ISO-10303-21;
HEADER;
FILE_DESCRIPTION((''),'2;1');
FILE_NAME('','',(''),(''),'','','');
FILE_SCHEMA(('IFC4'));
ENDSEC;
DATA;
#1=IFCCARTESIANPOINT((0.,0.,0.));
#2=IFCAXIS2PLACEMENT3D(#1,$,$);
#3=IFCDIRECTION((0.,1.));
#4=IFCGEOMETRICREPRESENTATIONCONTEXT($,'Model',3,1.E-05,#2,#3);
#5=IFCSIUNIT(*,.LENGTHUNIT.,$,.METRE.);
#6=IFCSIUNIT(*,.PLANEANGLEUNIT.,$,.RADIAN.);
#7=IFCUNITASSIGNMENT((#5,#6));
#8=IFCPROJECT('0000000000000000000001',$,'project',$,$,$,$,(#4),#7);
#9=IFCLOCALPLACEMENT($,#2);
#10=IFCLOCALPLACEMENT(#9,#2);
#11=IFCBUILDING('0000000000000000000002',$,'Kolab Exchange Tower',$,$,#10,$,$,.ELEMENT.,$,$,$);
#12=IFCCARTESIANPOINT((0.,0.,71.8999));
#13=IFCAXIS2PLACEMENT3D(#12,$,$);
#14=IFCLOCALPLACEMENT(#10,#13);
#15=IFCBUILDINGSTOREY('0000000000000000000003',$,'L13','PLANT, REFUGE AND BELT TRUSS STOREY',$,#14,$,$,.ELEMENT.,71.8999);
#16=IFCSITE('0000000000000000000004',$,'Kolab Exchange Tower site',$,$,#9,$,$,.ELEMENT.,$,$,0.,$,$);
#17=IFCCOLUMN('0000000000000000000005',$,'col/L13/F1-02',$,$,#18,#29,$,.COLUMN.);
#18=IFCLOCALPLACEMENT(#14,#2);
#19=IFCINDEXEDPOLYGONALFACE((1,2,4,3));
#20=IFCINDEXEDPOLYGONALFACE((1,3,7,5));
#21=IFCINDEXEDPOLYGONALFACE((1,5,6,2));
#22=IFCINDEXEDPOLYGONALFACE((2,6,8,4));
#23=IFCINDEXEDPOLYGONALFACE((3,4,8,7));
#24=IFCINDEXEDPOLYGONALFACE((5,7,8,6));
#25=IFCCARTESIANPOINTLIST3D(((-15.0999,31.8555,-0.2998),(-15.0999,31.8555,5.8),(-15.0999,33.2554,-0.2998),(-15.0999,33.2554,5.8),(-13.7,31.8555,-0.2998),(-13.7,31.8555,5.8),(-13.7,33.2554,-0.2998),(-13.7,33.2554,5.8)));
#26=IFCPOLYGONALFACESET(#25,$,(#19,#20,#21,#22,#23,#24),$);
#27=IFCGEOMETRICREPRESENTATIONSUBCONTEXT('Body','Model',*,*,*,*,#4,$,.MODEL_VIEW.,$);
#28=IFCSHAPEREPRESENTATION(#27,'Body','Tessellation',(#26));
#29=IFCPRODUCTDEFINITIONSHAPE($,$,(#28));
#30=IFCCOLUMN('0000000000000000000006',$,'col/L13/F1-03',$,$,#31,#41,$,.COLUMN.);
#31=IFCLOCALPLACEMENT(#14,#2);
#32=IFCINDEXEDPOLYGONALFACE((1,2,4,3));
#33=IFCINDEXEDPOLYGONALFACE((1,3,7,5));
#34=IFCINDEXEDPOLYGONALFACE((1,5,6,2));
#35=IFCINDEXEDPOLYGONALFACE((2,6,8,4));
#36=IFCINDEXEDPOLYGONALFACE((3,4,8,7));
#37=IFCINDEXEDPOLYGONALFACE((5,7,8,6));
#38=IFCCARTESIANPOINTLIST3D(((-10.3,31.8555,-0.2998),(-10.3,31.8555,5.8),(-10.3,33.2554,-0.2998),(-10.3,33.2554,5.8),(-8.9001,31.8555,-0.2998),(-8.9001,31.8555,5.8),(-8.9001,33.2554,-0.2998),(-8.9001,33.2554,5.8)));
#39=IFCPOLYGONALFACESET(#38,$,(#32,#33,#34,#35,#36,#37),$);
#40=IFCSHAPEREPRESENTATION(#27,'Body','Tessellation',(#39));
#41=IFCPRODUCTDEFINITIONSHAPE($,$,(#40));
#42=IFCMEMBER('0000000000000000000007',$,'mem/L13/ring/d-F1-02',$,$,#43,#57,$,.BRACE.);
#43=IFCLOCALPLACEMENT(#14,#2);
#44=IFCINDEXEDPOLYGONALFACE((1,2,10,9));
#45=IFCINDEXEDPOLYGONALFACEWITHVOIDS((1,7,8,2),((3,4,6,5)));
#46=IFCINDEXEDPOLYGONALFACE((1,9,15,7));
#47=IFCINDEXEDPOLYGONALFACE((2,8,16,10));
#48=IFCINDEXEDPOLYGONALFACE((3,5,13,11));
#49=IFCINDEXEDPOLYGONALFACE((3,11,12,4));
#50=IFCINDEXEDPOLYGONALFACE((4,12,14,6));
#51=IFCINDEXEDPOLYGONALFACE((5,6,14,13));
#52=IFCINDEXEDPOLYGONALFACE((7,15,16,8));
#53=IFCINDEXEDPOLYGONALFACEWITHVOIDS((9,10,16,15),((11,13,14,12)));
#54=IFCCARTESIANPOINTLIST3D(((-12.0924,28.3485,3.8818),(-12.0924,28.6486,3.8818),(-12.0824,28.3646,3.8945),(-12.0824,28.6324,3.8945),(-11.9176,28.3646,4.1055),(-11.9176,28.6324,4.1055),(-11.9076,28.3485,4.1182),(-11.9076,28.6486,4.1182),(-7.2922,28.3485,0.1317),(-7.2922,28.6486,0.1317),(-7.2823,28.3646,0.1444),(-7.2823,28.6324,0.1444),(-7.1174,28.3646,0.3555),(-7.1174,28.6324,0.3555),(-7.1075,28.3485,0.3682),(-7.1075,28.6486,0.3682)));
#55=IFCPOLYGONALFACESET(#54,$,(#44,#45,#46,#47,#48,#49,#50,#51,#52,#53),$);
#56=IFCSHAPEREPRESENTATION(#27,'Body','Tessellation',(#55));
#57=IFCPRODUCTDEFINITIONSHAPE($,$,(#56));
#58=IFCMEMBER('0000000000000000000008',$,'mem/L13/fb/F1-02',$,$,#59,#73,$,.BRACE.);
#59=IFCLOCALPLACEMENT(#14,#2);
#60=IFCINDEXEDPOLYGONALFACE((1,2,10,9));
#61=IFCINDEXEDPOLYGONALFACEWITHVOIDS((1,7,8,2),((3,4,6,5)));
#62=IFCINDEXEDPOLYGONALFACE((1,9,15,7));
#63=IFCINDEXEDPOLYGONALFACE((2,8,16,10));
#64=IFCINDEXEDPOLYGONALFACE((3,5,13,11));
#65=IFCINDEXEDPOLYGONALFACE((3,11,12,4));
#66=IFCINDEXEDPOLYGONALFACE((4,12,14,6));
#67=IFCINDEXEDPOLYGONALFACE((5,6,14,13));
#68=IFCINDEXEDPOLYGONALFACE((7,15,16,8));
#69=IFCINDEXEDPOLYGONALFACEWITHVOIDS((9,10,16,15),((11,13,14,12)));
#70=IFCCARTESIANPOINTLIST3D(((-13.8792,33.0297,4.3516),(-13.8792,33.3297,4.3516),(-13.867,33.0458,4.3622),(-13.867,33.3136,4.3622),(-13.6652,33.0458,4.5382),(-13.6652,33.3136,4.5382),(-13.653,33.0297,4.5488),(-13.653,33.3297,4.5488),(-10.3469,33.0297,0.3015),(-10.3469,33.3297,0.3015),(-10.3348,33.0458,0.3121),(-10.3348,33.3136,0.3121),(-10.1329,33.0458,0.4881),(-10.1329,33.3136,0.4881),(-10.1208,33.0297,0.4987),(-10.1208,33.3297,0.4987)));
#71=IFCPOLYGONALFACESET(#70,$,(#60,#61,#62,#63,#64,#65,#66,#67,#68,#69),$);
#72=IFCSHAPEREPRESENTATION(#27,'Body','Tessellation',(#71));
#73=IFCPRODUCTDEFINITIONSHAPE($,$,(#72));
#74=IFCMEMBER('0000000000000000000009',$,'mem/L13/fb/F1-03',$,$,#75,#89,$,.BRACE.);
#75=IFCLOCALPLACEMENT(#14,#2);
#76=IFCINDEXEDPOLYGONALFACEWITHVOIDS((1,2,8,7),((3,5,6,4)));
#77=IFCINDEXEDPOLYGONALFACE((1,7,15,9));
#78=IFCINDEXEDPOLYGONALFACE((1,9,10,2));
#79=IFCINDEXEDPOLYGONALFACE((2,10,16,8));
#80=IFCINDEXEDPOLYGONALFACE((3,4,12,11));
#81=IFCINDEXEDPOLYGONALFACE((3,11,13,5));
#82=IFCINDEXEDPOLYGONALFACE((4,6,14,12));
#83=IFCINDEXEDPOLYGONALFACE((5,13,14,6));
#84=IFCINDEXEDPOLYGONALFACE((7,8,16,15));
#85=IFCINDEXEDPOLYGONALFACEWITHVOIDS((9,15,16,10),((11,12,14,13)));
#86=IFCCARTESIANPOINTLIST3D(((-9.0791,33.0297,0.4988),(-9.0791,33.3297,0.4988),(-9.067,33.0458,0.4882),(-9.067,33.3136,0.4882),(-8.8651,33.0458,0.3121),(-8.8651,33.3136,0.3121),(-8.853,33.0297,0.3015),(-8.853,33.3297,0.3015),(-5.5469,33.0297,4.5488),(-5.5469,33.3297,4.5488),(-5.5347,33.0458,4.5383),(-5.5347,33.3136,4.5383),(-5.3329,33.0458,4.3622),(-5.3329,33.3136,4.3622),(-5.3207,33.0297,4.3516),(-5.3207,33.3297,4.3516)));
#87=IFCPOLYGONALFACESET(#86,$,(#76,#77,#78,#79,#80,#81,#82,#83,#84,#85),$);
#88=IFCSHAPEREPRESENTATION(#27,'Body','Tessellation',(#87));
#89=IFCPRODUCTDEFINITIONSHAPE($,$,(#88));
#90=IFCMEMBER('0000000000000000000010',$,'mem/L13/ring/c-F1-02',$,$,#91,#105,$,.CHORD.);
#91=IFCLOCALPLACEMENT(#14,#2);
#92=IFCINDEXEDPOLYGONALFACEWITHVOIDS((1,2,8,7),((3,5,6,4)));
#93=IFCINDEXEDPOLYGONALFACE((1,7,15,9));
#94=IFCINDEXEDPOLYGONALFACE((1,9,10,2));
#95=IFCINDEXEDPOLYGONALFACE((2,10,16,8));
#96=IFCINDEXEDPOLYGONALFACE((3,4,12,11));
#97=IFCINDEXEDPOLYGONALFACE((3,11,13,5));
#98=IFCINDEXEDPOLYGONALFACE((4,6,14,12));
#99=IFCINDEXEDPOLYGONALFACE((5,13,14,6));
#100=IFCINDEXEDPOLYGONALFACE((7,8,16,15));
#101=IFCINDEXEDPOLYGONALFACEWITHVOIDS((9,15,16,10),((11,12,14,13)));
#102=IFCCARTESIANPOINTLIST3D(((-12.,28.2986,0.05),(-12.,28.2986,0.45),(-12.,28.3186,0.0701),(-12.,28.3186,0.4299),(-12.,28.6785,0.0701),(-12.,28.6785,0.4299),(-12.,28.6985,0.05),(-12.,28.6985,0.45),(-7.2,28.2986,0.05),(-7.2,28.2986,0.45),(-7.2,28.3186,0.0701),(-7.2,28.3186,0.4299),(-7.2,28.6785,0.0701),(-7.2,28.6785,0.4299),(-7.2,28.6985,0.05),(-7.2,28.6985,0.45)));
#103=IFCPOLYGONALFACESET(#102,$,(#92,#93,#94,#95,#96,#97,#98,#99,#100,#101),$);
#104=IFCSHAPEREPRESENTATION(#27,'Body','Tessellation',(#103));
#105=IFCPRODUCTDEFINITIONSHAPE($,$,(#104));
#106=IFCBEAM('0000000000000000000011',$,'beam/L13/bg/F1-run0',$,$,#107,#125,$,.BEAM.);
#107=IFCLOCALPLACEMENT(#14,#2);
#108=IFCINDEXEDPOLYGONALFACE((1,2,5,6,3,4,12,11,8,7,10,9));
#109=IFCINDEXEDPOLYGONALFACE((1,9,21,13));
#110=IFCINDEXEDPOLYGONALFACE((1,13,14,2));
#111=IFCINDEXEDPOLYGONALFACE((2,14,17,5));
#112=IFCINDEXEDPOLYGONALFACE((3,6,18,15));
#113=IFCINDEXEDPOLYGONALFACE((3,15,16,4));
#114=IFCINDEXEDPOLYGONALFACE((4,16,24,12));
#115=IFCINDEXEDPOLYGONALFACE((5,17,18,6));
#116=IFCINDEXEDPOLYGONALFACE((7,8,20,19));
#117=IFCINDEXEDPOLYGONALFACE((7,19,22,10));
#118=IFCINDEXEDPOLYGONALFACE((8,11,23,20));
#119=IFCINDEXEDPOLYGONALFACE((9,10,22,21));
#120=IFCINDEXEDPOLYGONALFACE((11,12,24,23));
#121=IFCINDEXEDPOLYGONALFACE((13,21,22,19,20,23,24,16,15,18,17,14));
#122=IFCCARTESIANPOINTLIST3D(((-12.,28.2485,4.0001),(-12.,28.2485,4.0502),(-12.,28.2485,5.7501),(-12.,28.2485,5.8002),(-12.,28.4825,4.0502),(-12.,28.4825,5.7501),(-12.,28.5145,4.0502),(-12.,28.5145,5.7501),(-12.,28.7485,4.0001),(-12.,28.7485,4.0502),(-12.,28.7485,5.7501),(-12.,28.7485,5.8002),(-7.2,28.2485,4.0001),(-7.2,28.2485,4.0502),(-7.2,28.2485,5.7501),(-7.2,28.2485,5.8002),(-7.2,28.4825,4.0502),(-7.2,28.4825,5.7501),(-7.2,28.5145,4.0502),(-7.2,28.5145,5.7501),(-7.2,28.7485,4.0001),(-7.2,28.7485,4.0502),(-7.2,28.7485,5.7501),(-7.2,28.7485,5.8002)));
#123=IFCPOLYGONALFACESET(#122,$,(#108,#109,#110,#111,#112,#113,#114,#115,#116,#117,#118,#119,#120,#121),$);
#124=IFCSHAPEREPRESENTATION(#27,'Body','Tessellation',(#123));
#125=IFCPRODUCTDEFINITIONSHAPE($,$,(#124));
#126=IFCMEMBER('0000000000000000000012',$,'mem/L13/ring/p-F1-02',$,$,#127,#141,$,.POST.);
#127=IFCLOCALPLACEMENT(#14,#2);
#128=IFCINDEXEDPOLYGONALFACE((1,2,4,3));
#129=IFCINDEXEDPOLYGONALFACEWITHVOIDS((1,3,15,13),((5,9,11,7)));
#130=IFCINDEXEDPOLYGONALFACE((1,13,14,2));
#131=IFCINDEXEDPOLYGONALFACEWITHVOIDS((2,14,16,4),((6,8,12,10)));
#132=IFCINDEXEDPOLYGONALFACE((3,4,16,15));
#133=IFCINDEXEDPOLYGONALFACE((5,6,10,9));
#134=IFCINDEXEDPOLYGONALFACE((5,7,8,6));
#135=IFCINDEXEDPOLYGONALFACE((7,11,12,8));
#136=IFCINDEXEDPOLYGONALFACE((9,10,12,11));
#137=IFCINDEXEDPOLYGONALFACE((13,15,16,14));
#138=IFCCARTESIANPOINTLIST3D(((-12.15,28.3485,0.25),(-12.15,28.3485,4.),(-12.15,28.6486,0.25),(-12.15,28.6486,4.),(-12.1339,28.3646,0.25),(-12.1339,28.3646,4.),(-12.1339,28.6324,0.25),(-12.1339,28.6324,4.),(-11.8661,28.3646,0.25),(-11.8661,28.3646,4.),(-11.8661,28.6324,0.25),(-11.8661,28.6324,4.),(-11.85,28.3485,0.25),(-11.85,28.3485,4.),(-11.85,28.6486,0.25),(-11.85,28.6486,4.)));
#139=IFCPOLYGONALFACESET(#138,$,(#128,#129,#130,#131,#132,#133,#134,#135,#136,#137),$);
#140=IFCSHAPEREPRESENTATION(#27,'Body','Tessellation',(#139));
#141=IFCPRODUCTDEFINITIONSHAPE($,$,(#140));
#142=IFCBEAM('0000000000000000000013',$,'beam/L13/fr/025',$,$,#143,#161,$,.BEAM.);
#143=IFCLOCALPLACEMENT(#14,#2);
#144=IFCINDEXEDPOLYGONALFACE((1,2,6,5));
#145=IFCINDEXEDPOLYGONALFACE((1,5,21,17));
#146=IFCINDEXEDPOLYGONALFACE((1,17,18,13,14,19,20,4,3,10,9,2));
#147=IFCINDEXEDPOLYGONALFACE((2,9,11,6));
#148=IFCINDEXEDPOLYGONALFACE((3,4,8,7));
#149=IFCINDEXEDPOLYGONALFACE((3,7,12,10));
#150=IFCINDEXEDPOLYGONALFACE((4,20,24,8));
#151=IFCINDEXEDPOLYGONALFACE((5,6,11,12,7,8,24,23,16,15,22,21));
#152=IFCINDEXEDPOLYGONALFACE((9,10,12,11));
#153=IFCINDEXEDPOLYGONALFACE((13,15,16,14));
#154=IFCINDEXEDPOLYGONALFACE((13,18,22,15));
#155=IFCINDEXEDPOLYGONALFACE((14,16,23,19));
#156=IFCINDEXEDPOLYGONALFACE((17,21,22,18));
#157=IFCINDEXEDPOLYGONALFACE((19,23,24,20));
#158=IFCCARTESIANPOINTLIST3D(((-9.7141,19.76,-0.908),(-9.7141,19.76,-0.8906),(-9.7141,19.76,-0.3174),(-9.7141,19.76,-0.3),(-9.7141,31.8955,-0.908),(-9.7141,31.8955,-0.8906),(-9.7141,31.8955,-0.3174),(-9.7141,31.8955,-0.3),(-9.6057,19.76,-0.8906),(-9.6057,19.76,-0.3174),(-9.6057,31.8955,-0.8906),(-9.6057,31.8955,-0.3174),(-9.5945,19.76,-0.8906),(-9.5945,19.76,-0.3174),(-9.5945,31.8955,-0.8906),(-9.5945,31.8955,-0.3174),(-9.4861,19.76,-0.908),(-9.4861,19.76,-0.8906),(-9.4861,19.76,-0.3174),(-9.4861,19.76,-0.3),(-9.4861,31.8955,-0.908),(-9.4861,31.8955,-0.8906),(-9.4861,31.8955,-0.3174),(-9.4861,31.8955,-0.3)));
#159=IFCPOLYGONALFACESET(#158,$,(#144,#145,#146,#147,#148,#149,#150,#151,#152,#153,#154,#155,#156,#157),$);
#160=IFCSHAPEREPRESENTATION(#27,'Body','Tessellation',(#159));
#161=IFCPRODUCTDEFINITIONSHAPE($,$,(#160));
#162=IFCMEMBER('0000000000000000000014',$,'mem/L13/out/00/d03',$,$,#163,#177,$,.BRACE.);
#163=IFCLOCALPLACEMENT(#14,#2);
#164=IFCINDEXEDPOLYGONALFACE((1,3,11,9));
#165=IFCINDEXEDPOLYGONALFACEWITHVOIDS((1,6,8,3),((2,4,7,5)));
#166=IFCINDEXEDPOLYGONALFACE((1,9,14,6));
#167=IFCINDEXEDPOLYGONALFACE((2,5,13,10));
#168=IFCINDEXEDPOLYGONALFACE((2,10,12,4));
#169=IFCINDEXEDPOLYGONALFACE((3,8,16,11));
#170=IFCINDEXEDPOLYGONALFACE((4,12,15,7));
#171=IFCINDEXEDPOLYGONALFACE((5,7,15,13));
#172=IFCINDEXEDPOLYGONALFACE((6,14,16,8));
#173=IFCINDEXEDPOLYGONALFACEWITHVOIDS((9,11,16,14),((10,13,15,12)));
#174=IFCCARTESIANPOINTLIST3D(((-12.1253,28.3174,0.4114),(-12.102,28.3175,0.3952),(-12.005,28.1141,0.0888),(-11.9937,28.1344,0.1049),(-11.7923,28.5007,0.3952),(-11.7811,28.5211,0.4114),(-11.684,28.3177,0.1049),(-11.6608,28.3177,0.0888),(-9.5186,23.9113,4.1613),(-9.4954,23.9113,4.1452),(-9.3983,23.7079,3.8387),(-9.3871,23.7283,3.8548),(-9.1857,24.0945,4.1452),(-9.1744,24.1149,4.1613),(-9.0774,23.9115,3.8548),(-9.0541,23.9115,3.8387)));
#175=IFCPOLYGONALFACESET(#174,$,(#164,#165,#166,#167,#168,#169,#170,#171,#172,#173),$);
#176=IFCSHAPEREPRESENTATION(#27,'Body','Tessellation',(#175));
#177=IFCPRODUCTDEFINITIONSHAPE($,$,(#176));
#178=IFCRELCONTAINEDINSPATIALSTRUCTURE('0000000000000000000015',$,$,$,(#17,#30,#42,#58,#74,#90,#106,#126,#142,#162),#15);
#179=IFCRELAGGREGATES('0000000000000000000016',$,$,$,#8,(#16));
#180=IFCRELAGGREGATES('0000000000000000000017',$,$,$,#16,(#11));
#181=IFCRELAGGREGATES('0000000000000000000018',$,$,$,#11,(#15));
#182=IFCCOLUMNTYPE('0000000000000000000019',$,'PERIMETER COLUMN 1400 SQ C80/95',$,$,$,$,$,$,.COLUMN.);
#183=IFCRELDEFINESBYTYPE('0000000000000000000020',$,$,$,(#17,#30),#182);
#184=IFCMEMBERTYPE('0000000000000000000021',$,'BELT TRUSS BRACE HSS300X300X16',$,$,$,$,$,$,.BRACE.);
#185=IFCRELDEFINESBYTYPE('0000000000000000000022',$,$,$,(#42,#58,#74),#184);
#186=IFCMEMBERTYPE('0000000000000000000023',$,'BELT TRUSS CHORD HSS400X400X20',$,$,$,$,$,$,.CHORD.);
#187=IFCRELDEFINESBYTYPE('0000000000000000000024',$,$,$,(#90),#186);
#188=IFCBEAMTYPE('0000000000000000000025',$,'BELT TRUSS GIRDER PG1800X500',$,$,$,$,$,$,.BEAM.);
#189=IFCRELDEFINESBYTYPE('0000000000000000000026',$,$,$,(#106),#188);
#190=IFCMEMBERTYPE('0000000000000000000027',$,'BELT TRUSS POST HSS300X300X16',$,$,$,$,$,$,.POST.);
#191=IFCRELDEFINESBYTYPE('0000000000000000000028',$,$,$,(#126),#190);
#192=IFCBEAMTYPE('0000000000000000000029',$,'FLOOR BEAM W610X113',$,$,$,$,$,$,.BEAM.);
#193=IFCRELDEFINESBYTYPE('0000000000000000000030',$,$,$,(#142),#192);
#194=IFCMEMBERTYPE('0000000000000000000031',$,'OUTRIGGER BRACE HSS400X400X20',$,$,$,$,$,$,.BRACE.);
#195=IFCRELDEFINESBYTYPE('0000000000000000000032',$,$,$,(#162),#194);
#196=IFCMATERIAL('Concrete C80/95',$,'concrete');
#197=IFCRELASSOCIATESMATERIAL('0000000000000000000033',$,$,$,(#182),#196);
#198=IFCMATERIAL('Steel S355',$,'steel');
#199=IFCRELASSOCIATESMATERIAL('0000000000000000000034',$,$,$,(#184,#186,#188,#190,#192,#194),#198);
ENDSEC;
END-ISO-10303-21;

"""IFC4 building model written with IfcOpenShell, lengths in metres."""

from ifc_helpers import new_model, si_unit, direction, frame, origin, origin_2d, place, context, subcontext, project, spatial, rectangle, hollow_rectangle, i_section, extrude, material, material_profile, profile_set, type_object, element, save


model = new_model("IFC4")

# Units and contexts
model_context = context("Model", 3, precision=1e-05, world=origin(), true_north=direction((0.0, 1.0)))
body_context = subcontext(model_context, "Body", "Model", "MODEL_VIEW")
ifc_project = project(units=[si_unit("LENGTHUNIT", "METRE"), si_unit("PLANEANGLEUNIT", "RADIAN")], contexts=[model_context])

# Site, building, storey
site_placement = place(None, origin())
site = spatial("IfcSite", under=ifc_project, at=site_placement, Name="Kolab Exchange Tower site", CompositionType="ELEMENT", RefElevation=0.0)
building_placement = place(site_placement, origin())
building = spatial("IfcBuilding", under=site, at=building_placement, Name="Kolab Exchange Tower", CompositionType="ELEMENT")
storey_placement = place(building_placement, frame((0.0, 0.0, 71.8999)))
storey = spatial("IfcBuildingStorey", under=building, at=storey_placement, Name="L13", Description="PLANT, REFUGE AND BELT TRUSS STOREY", CompositionType="ELEMENT", Elevation=71.8999)

# Columns
ifc_material_1 = material(Name="Concrete C80/95", Category="concrete")
ifc_material_profile_1 = material_profile(ifc_material_1, rectangle(XDim=1.3999, YDim=1.3999, at=origin_2d()), Name="RC1400")
ifc_profile_set_1 = profile_set([ifc_material_profile_1], Name="Concrete C80/95")
column_type = type_object("IfcColumnType", Name="PERIMETER COLUMN 1400 SQ C80/95", PredefinedType="COLUMN", material=ifc_profile_set_1)
for number, where, z_axis, x_axis, name in (
    (1, (-14.3999, 32.5554, -0.2998), (0.0, 0.0, 1.0), (1.0, 0.0, 0.0), "col/L13/F1-02"),
    (2, (-9.6001, 32.5554, -0.2998), (0.0, 0.0, 1.0), (1.0, 0.0, 0.0), "col/L13/F1-03"),
):
    element("IfcColumn", number, at=place(storey_placement, frame(where, z_axis=z_axis, x_axis=x_axis)), inside=storey, type_object=column_type, Name=name, PredefinedType="COLUMN", context=body_context, shape_type="SweptSolid", body=[
        extrude(rectangle(XDim=1.3999, YDim=1.3999, at=origin_2d()), origin(), (0.0, 0.0, 1.0), 6.0999),
    ])

# Members
ifc_material_2 = material(Name="Steel S355", Category="steel")
ifc_material_profile_2 = material_profile(ifc_material_2, hollow_rectangle(XDim=0.3, YDim=0.3, WallThickness=0.0161, at=origin_2d()), Name="HSS300X300X16")
ifc_profile_set_2 = profile_set([ifc_material_profile_2], Name="Steel S355")
member_type_1 = type_object("IfcMemberType", Name="BELT TRUSS BRACE HSS300X300X16", PredefinedType="BRACE", material=ifc_profile_set_2)
member_1_placement = place(storey_placement, frame((-12.0, 28.4985, 4.0), z_axis=(0.788027, 0.0, -0.61564), x_axis=(0.0, 1.0, 0.0)))
element("IfcMember", 3, at=member_1_placement, inside=storey, type_object=member_type_1, Name="mem/L13/ring/d-F1-02", PredefinedType="BRACE", context=body_context, shape_type="SweptSolid", body=[
    extrude(hollow_rectangle(XDim=0.3, YDim=0.3, WallThickness=0.0161, at=origin_2d()), origin(), (0.0, 0.0, 1.0), 6.0913),
])
for number, where, z_axis, x_axis, name in (
    (4, (-13.7661, 33.1797, 4.4502), (0.657285, 0.0, -0.753642), (0.0, 1.0, 0.0), "mem/L13/fb/F1-02"),
    (5, (-8.9661, 33.1797, 0.4001), (0.657285, 0.0, 0.753642), (0.0, 1.0, 0.0), "mem/L13/fb/F1-03"),
):
    element("IfcMember", number, at=place(storey_placement, frame(where, z_axis=z_axis, x_axis=x_axis)), inside=storey, type_object=member_type_1, Name=name, PredefinedType="BRACE", context=body_context, shape_type="SweptSolid", body=[
        extrude(hollow_rectangle(XDim=0.3, YDim=0.3, WallThickness=0.0161, at=origin_2d()), origin(), (0.0, 0.0, 1.0), 5.374),
    ])
ifc_material_profile_3 = material_profile(ifc_material_2, hollow_rectangle(XDim=0.3999, YDim=0.3999, WallThickness=0.02, at=origin_2d()), Name="HSS400X400X20")
ifc_profile_set_3 = profile_set([ifc_material_profile_3], Name="Steel S355")
member_type_2 = type_object("IfcMemberType", Name="BELT TRUSS CHORD HSS400X400X20", PredefinedType="CHORD", material=ifc_profile_set_3)
member_2_placement = place(storey_placement, frame((-12.0, 28.4985, 0.25), z_axis=(1.0, 0.0, 0.0), x_axis=(0.0, 1.0, 0.0)))
element("IfcMember", 6, at=member_2_placement, inside=storey, type_object=member_type_2, Name="mem/L13/ring/c-F1-02", PredefinedType="CHORD", context=body_context, shape_type="SweptSolid", body=[
    extrude(hollow_rectangle(XDim=0.3999, YDim=0.3999, WallThickness=0.02, at=origin_2d()), origin(), (0.0, 0.0, 1.0), 4.8),
])

# Beam
ifc_material_profile_4 = material_profile(ifc_material_2, i_section(OverallWidth=0.5, OverallDepth=1.8, WebThickness=0.032, FlangeThickness=0.05, at=origin_2d()), Name="PG1800X500")
ifc_profile_set_4 = profile_set([ifc_material_profile_4], Name="Steel S355")
beam_type_1 = type_object("IfcBeamType", Name="BELT TRUSS GIRDER PG1800X500", PredefinedType="BEAM", material=ifc_profile_set_4)
beam_1_placement = place(storey_placement, frame((-12.0, 28.4985, 4.9001), z_axis=(1.0, 0.0, 0.0), x_axis=(0.0, 1.0, 0.0)))
element("IfcBeam", 7, at=beam_1_placement, inside=storey, type_object=beam_type_1, Name="beam/L13/bg/F1-run0", PredefinedType="BEAM", context=body_context, shape_type="SweptSolid", body=[
    extrude(i_section(OverallWidth=0.5, OverallDepth=1.8, WebThickness=0.032, FlangeThickness=0.05, at=origin_2d()), origin(), (0.0, 0.0, 1.0), 4.8),
])

# Member
ifc_material_profile_5 = material_profile(ifc_material_2, hollow_rectangle(XDim=0.3, YDim=0.3, WallThickness=0.0161, at=origin_2d()), Name="HSS300X300X16")
ifc_profile_set_5 = profile_set([ifc_material_profile_5], Name="Steel S355")
member_type_3 = type_object("IfcMemberType", Name="BELT TRUSS POST HSS300X300X16", PredefinedType="POST", material=ifc_profile_set_5)
member_3_placement = place(storey_placement, frame((-12.0, 28.4985, 0.25), z_axis=(0.0, 0.0, 1.0), x_axis=(1.0, 0.0, 0.0)))
element("IfcMember", 8, at=member_3_placement, inside=storey, type_object=member_type_3, Name="mem/L13/ring/p-F1-02", PredefinedType="POST", context=body_context, shape_type="SweptSolid", body=[
    extrude(hollow_rectangle(XDim=0.3, YDim=0.3, WallThickness=0.0161, at=origin_2d()), origin(), (0.0, 0.0, 1.0), 3.75),
])

# Beam
ifc_material_profile_6 = material_profile(ifc_material_2, i_section(OverallWidth=0.228, OverallDepth=0.6079, WebThickness=0.0112, FlangeThickness=0.0173, at=origin_2d()), Name="W610X113")
ifc_profile_set_6 = profile_set([ifc_material_profile_6], Name="Steel S355")
beam_type_2 = type_object("IfcBeamType", Name="FLOOR BEAM W610X113", PredefinedType="BEAM", material=ifc_profile_set_6)
beam_2_placement = place(storey_placement, frame((-9.6001, 19.76, -0.604), z_axis=(0.0, 1.0, 0.0), x_axis=(-1.0, 0.0, 0.0)))
element("IfcBeam", 9, at=beam_2_placement, inside=storey, type_object=beam_type_2, Name="beam/L13/fr/025", PredefinedType="BEAM", context=body_context, shape_type="SweptSolid", body=[
    extrude(i_section(OverallWidth=0.228, OverallDepth=0.6079, WebThickness=0.0112, FlangeThickness=0.0173, at=origin_2d()), origin(), (0.0, 0.0, 1.0), 12.1355),
])

# Member
ifc_material_profile_7 = material_profile(ifc_material_2, hollow_rectangle(XDim=0.3999, YDim=0.3999, WallThickness=0.02, at=origin_2d()), Name="HSS400X400X20")
ifc_profile_set_7 = profile_set([ifc_material_profile_7], Name="Steel S355")
member_type_4 = type_object("IfcMemberType", Name="OUTRIGGER BRACE HSS400X400X20", PredefinedType="BRACE", material=ifc_profile_set_7)
member_4_placement = place(storey_placement, frame((-9.2864, 23.9114, 4.0), z_axis=(-0.410758, 0.694329, -0.590919), x_axis=(-0.86067, -0.509163, 0.0)))
element("IfcMember", 10, at=member_4_placement, inside=storey, type_object=member_type_4, Name="mem/L13/out/00/d03", PredefinedType="BRACE", context=body_context, shape_type="SweptSolid", body=[
    extrude(hollow_rectangle(XDim=0.3999, YDim=0.3999, WallThickness=0.02, at=origin_2d()), origin(), (0.0, 0.0, 1.0), 6.3459),
])

save(model, "model.ifc")
